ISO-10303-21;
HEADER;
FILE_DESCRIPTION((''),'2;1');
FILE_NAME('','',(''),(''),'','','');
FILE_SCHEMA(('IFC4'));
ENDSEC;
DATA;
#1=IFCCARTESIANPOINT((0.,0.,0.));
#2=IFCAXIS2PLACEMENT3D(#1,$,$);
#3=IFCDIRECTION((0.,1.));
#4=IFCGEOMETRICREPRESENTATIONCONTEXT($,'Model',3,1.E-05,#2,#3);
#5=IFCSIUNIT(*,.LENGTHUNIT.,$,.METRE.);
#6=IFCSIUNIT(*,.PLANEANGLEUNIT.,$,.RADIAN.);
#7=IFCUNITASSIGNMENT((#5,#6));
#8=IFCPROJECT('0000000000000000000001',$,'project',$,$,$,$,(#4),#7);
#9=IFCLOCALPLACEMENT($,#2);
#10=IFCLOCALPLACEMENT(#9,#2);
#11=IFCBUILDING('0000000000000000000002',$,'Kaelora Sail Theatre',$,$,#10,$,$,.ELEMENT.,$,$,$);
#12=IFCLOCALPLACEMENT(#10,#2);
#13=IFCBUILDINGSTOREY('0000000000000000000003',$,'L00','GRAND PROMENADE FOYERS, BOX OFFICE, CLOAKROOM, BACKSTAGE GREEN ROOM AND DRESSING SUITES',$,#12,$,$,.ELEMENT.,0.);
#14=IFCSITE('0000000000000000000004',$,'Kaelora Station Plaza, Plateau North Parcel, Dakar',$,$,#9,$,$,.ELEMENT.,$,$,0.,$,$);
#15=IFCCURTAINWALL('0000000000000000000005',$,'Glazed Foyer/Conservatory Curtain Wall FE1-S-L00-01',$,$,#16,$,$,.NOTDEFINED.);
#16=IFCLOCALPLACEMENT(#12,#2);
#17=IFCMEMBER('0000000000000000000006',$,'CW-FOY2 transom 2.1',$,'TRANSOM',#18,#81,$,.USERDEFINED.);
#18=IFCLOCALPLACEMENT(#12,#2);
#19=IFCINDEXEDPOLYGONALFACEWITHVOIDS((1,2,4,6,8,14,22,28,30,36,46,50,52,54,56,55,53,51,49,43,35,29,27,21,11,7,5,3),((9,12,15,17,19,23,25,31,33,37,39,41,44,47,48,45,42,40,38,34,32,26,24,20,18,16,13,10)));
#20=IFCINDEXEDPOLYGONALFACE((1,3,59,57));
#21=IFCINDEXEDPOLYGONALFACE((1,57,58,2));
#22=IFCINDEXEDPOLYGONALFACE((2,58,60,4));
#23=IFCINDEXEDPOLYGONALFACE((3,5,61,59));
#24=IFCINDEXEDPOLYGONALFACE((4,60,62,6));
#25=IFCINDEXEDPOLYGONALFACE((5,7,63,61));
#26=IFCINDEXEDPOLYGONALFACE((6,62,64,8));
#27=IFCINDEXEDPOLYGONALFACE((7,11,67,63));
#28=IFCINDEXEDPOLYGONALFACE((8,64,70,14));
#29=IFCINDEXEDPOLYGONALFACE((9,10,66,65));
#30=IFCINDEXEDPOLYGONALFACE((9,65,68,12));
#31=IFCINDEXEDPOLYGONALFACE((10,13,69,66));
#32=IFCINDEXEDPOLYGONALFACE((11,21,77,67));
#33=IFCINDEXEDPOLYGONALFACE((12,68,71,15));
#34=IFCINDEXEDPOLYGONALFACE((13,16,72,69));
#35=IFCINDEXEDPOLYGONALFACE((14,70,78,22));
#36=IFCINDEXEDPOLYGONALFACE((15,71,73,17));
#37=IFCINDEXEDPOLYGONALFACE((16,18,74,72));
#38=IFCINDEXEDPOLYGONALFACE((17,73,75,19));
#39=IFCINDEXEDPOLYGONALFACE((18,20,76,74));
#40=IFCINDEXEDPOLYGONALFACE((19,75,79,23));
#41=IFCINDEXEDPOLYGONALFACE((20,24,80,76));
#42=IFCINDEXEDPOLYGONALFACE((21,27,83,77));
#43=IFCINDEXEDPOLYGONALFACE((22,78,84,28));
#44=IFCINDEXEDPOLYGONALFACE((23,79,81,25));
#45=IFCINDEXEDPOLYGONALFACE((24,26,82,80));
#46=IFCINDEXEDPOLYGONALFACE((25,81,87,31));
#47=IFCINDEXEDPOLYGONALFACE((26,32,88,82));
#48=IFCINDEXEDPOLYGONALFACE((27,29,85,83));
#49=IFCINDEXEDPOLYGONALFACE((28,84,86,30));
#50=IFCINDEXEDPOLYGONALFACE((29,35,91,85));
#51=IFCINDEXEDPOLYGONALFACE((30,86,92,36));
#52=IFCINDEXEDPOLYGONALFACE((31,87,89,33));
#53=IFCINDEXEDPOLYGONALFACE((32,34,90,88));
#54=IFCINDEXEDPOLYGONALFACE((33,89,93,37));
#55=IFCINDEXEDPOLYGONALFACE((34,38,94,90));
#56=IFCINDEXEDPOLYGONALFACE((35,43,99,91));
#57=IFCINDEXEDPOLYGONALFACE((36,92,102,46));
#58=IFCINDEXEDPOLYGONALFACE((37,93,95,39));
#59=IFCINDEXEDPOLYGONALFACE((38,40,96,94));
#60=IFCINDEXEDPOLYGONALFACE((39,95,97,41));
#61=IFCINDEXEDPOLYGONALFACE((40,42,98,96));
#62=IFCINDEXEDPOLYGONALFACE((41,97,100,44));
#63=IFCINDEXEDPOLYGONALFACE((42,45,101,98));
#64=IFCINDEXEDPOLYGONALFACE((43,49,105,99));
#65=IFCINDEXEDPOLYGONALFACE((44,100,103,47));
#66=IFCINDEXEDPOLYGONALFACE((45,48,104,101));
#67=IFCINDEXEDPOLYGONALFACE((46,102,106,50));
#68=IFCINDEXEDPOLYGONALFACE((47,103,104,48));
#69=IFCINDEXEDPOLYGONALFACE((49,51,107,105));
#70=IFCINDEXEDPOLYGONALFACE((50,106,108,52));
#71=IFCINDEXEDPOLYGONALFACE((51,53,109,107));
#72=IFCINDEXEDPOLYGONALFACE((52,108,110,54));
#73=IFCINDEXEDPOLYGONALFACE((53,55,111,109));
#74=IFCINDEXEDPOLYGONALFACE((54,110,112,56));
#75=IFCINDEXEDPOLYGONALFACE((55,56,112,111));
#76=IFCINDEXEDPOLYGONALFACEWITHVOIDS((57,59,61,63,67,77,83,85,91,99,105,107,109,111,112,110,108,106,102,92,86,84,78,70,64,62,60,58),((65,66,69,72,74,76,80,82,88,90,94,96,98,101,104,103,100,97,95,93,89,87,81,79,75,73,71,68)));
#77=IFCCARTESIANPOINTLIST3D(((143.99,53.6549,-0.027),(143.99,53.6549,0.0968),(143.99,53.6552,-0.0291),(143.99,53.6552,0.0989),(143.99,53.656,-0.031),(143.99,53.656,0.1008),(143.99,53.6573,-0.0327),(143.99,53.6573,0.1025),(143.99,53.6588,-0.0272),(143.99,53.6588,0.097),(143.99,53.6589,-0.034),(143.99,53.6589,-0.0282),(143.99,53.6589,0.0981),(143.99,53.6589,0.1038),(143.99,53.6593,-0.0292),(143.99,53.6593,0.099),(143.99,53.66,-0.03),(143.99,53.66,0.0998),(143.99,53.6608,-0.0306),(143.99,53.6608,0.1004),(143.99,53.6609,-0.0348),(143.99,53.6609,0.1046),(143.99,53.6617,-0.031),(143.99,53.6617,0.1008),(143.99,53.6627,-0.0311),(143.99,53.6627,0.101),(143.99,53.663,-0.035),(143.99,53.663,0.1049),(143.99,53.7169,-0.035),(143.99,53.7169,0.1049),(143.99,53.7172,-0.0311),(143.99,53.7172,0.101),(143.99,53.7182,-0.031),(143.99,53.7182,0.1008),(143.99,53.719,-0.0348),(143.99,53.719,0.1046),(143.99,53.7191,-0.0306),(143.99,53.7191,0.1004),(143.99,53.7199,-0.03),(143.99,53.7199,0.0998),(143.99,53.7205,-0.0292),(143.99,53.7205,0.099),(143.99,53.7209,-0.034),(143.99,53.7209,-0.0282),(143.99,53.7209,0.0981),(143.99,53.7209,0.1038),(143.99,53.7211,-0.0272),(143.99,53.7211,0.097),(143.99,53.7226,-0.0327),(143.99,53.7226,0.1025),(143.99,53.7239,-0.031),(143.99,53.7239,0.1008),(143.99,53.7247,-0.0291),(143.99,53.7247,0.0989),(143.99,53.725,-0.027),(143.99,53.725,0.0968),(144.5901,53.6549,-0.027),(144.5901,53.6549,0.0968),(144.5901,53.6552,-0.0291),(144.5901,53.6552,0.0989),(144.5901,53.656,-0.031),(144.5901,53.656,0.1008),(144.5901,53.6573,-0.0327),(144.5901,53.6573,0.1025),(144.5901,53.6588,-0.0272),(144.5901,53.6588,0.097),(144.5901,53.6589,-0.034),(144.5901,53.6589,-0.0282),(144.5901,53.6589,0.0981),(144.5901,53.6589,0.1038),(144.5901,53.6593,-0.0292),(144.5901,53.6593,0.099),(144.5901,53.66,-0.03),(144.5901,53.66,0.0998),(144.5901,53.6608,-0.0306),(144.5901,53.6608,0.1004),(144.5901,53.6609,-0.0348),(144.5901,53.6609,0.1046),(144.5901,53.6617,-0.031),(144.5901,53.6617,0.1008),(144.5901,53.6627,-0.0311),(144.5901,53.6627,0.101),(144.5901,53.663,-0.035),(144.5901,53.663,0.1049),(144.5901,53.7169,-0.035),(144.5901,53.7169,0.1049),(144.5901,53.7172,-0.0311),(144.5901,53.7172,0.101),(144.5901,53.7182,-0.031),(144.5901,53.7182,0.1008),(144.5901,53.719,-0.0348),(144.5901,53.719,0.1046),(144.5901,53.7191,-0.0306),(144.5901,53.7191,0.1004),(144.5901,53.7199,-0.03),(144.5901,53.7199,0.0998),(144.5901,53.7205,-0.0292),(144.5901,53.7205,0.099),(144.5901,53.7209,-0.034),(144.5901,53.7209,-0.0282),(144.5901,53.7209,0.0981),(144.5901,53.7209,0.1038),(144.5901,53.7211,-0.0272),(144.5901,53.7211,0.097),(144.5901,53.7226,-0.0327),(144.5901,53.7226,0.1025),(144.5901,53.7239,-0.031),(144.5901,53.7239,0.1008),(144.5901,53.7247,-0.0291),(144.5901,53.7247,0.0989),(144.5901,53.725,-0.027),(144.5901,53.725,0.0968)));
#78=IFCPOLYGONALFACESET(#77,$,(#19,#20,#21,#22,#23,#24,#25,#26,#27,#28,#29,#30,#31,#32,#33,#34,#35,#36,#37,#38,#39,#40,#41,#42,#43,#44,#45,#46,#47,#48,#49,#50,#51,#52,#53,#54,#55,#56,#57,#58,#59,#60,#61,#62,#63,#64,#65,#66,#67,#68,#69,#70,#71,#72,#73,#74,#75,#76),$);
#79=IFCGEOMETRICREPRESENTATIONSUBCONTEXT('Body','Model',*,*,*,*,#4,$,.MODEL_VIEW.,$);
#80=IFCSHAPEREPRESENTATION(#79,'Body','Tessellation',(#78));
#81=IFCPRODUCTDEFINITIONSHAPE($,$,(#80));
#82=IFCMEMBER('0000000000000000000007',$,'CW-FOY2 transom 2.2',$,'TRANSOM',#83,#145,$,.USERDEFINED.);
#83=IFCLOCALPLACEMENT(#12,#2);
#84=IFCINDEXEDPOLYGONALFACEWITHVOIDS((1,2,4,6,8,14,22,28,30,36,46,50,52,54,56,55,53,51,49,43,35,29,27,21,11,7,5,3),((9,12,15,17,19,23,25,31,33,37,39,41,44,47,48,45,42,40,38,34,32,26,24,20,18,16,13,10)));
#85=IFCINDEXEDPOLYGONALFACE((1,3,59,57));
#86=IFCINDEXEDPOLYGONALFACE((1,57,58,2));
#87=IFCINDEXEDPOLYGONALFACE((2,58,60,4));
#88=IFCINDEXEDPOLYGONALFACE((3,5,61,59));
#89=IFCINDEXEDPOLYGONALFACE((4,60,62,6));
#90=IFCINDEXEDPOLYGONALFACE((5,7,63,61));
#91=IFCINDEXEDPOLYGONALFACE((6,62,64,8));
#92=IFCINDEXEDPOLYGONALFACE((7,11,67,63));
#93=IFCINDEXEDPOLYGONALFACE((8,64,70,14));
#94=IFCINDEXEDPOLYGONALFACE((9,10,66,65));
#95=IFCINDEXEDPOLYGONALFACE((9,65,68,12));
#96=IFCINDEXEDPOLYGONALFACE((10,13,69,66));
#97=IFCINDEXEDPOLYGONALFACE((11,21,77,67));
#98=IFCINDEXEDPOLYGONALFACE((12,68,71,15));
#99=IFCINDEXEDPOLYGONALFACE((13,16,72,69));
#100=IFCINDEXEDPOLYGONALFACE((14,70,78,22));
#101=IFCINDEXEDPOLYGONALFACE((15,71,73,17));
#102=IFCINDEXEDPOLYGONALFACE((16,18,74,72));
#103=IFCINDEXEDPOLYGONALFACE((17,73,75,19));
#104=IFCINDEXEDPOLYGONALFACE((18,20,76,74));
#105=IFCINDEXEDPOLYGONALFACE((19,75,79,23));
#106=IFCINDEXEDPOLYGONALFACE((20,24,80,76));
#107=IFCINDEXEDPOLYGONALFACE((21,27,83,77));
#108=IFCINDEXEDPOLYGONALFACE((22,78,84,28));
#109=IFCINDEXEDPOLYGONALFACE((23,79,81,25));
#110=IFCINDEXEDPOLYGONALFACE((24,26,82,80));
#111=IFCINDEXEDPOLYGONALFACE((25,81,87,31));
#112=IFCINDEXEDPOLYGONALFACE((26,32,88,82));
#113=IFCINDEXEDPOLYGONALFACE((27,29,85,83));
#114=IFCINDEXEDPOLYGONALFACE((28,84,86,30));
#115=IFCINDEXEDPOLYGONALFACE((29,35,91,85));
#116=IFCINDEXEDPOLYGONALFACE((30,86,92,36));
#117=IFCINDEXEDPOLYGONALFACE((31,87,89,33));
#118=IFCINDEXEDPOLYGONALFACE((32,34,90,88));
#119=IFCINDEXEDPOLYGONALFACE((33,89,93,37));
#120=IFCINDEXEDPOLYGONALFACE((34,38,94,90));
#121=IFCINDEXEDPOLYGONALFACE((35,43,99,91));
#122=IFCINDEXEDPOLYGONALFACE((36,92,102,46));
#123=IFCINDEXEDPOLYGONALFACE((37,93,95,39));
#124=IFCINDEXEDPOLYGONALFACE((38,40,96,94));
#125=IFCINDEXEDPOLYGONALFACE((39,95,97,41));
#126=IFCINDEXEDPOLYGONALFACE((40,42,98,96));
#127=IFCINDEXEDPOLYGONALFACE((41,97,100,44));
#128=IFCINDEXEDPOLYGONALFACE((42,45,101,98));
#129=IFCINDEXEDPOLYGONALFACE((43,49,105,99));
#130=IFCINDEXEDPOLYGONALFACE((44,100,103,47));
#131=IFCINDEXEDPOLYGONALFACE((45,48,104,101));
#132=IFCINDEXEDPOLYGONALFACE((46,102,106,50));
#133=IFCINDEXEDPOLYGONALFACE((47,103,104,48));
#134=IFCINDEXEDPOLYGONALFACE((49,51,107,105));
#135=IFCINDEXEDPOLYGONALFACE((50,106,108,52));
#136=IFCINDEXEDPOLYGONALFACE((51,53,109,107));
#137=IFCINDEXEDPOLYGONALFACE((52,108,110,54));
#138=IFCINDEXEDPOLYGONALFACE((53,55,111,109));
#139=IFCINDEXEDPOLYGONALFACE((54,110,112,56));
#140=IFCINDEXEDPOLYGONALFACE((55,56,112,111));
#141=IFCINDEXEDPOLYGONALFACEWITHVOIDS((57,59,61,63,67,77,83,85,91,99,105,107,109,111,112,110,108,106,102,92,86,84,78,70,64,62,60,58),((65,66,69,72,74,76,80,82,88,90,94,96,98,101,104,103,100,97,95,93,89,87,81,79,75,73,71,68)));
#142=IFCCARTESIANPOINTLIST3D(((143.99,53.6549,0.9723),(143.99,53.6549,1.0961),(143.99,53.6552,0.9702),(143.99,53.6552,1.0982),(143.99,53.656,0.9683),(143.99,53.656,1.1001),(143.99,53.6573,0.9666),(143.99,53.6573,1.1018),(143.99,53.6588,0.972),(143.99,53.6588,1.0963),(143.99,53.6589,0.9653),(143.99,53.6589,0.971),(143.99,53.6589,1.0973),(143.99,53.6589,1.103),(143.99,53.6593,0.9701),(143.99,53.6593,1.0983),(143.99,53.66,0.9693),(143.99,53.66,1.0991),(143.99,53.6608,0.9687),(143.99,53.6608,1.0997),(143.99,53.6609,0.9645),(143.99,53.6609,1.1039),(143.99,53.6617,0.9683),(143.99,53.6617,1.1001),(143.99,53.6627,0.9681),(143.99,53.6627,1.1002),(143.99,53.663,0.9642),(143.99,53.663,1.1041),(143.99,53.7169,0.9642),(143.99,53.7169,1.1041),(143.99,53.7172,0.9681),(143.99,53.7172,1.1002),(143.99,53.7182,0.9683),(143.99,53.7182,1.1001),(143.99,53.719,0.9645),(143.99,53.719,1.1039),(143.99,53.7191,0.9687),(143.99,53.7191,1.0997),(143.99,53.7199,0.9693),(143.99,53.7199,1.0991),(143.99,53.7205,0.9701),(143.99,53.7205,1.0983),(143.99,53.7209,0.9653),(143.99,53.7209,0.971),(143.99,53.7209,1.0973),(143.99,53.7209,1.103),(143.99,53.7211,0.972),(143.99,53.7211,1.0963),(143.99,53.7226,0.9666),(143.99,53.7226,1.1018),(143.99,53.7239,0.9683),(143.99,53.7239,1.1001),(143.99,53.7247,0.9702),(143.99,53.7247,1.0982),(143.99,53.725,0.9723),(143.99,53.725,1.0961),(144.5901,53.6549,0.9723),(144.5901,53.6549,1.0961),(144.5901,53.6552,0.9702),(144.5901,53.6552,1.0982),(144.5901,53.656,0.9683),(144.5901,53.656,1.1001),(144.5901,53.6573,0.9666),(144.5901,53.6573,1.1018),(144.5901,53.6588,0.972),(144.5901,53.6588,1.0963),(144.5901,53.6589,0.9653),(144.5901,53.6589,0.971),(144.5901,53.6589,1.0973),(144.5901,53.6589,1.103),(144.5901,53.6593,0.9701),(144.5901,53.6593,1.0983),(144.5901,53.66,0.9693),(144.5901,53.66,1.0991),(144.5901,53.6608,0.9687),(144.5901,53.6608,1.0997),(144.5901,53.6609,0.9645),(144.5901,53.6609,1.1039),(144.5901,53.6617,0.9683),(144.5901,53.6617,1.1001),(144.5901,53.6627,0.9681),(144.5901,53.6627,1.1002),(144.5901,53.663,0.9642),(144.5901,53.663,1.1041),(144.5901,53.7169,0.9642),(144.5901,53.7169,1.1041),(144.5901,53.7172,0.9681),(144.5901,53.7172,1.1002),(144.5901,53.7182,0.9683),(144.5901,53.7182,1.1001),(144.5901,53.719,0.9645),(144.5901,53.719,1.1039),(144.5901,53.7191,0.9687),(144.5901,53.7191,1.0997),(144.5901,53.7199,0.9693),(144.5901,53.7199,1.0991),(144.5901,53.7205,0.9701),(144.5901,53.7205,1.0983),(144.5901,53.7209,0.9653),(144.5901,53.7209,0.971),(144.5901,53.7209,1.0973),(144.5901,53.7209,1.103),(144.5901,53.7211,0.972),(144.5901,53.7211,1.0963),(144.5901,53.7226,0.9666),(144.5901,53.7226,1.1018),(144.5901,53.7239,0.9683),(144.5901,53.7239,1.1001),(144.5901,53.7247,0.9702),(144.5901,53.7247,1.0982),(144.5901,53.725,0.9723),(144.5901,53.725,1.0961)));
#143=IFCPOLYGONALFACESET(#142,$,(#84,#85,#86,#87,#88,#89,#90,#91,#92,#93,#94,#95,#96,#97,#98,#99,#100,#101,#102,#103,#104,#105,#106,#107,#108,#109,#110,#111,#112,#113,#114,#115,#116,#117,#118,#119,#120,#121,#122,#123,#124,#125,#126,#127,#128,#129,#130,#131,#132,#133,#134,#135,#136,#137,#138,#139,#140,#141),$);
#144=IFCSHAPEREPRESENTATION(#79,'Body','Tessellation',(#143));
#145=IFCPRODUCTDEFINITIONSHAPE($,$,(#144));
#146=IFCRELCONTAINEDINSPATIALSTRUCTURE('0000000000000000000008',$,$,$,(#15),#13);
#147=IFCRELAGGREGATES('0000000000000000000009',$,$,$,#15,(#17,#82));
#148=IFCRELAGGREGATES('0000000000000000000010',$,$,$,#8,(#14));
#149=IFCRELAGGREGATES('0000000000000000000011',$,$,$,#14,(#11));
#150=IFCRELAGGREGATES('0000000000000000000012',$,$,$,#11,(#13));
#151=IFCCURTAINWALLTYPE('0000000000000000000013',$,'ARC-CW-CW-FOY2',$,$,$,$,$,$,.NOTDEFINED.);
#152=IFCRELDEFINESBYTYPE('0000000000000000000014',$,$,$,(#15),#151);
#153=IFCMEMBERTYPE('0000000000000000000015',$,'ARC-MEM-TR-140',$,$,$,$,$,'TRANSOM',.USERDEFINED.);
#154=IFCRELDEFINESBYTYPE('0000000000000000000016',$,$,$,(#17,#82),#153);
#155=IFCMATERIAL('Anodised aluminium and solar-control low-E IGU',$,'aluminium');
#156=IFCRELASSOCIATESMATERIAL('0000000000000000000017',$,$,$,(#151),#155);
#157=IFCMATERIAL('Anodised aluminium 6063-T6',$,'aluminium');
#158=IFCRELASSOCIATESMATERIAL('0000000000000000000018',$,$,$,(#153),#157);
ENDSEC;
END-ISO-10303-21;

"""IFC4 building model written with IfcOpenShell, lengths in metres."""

from ifc_helpers import new_model, si_unit, direction, frame, origin, origin_2d, place, context, subcontext, project, spatial, hollow_rectangle, extrude, material, material_profile, profile_set, type_object, element, aggregate, save


model = new_model("IFC4")

# Units and contexts
model_context = context("Model", 3, precision=1e-05, world=origin(), true_north=direction((0.0, 1.0)))
body_context = subcontext(model_context, "Body", "Model", "MODEL_VIEW")
ifc_project = project(units=[si_unit("LENGTHUNIT", "METRE"), si_unit("PLANEANGLEUNIT", "RADIAN")], contexts=[model_context])

# Site, building, storey
site_placement = place(None, origin())
site = spatial("IfcSite", under=ifc_project, at=site_placement, Name="Kaelora Station Plaza, Plateau North Parcel, Dakar", CompositionType="ELEMENT", RefElevation=0.0)
building_placement = place(site_placement, origin())
building = spatial("IfcBuilding", under=site, at=building_placement, Name="Kaelora Sail Theatre", CompositionType="ELEMENT")
storey_placement = place(building_placement, origin())
storey = spatial("IfcBuildingStorey", under=building, at=storey_placement, Name="L00", Description="GRAND PROMENADE FOYERS, BOX OFFICE, CLOAKROOM, BACKSTAGE GREEN ROOM AND DRESSING SUITES", CompositionType="ELEMENT", Elevation=0.0)

# Curtain wall, members
ifc_material_1 = material(Name="Anodised aluminium and solar-control low-E IGU", Category="aluminium")
curtain_wall_type = type_object("IfcCurtainWallType", Name="ARC-CW-CW-FOY2", PredefinedType="NOTDEFINED", material=ifc_material_1)
curtain_wall_placement = place(storey_placement, origin())
curtain_wall = element("IfcCurtainWall", 1, at=curtain_wall_placement, inside=storey, type_object=curtain_wall_type, Name="Glazed Foyer/Conservatory Curtain Wall FE1-S-L00-01", PredefinedType="NOTDEFINED")
ifc_material_2 = material(Name="Anodised aluminium 6063-T6", Category="aluminium")
ifc_material_profile_1 = material_profile(ifc_material_2, hollow_rectangle(XDim=0.0701, YDim=0.1399, WallThickness=0.0039, InnerFilletRadius=0.0039, OuterFilletRadius=0.0081, at=origin_2d()), Name="ALU-TRAN 70x140x4")
ifc_profile_set_1 = profile_set([ifc_material_profile_1], Name="Anodised aluminium 6063-T6")
member_type_1 = type_object("IfcMemberType", Name="ARC-MEM-TR-140", ElementType="TRANSOM", PredefinedType="USERDEFINED", material=ifc_profile_set_1)
member_1_placement = place(storey_placement, frame((143.99, 53.6899, 0.0349), z_axis=(1.0, 0.0, 0.0), x_axis=(0.0, 1.0, 0.0)))
member_1 = element("IfcMember", 2, at=member_1_placement, type_object=member_type_1, Name="CW-FOY2 transom 2.1", ObjectType="TRANSOM", PredefinedType="USERDEFINED", context=body_context, shape_type="SweptSolid", body=[
    extrude(hollow_rectangle(XDim=0.0701, YDim=0.1399, WallThickness=0.0039, InnerFilletRadius=0.0039, OuterFilletRadius=0.0081, at=origin_2d()), origin(), (0.0, 0.0, 1.0), 0.6001),
])
member_2_placement = place(storey_placement, frame((143.99, 53.6899, 1.0342), z_axis=(1.0, 0.0, 0.0), x_axis=(0.0, 1.0, 0.0)))
member_2 = element("IfcMember", 3, at=member_2_placement, type_object=member_type_1, Name="CW-FOY2 transom 2.2", ObjectType="TRANSOM", PredefinedType="USERDEFINED", context=body_context, shape_type="SweptSolid", body=[
    extrude(hollow_rectangle(XDim=0.0701, YDim=0.1399, WallThickness=0.0039, InnerFilletRadius=0.0039, OuterFilletRadius=0.0081, at=origin_2d()), origin(), (0.0, 0.0, 1.0), 0.6001),
])

aggregate(curtain_wall, [member_1, member_2])

save(model, "model.ifc")
